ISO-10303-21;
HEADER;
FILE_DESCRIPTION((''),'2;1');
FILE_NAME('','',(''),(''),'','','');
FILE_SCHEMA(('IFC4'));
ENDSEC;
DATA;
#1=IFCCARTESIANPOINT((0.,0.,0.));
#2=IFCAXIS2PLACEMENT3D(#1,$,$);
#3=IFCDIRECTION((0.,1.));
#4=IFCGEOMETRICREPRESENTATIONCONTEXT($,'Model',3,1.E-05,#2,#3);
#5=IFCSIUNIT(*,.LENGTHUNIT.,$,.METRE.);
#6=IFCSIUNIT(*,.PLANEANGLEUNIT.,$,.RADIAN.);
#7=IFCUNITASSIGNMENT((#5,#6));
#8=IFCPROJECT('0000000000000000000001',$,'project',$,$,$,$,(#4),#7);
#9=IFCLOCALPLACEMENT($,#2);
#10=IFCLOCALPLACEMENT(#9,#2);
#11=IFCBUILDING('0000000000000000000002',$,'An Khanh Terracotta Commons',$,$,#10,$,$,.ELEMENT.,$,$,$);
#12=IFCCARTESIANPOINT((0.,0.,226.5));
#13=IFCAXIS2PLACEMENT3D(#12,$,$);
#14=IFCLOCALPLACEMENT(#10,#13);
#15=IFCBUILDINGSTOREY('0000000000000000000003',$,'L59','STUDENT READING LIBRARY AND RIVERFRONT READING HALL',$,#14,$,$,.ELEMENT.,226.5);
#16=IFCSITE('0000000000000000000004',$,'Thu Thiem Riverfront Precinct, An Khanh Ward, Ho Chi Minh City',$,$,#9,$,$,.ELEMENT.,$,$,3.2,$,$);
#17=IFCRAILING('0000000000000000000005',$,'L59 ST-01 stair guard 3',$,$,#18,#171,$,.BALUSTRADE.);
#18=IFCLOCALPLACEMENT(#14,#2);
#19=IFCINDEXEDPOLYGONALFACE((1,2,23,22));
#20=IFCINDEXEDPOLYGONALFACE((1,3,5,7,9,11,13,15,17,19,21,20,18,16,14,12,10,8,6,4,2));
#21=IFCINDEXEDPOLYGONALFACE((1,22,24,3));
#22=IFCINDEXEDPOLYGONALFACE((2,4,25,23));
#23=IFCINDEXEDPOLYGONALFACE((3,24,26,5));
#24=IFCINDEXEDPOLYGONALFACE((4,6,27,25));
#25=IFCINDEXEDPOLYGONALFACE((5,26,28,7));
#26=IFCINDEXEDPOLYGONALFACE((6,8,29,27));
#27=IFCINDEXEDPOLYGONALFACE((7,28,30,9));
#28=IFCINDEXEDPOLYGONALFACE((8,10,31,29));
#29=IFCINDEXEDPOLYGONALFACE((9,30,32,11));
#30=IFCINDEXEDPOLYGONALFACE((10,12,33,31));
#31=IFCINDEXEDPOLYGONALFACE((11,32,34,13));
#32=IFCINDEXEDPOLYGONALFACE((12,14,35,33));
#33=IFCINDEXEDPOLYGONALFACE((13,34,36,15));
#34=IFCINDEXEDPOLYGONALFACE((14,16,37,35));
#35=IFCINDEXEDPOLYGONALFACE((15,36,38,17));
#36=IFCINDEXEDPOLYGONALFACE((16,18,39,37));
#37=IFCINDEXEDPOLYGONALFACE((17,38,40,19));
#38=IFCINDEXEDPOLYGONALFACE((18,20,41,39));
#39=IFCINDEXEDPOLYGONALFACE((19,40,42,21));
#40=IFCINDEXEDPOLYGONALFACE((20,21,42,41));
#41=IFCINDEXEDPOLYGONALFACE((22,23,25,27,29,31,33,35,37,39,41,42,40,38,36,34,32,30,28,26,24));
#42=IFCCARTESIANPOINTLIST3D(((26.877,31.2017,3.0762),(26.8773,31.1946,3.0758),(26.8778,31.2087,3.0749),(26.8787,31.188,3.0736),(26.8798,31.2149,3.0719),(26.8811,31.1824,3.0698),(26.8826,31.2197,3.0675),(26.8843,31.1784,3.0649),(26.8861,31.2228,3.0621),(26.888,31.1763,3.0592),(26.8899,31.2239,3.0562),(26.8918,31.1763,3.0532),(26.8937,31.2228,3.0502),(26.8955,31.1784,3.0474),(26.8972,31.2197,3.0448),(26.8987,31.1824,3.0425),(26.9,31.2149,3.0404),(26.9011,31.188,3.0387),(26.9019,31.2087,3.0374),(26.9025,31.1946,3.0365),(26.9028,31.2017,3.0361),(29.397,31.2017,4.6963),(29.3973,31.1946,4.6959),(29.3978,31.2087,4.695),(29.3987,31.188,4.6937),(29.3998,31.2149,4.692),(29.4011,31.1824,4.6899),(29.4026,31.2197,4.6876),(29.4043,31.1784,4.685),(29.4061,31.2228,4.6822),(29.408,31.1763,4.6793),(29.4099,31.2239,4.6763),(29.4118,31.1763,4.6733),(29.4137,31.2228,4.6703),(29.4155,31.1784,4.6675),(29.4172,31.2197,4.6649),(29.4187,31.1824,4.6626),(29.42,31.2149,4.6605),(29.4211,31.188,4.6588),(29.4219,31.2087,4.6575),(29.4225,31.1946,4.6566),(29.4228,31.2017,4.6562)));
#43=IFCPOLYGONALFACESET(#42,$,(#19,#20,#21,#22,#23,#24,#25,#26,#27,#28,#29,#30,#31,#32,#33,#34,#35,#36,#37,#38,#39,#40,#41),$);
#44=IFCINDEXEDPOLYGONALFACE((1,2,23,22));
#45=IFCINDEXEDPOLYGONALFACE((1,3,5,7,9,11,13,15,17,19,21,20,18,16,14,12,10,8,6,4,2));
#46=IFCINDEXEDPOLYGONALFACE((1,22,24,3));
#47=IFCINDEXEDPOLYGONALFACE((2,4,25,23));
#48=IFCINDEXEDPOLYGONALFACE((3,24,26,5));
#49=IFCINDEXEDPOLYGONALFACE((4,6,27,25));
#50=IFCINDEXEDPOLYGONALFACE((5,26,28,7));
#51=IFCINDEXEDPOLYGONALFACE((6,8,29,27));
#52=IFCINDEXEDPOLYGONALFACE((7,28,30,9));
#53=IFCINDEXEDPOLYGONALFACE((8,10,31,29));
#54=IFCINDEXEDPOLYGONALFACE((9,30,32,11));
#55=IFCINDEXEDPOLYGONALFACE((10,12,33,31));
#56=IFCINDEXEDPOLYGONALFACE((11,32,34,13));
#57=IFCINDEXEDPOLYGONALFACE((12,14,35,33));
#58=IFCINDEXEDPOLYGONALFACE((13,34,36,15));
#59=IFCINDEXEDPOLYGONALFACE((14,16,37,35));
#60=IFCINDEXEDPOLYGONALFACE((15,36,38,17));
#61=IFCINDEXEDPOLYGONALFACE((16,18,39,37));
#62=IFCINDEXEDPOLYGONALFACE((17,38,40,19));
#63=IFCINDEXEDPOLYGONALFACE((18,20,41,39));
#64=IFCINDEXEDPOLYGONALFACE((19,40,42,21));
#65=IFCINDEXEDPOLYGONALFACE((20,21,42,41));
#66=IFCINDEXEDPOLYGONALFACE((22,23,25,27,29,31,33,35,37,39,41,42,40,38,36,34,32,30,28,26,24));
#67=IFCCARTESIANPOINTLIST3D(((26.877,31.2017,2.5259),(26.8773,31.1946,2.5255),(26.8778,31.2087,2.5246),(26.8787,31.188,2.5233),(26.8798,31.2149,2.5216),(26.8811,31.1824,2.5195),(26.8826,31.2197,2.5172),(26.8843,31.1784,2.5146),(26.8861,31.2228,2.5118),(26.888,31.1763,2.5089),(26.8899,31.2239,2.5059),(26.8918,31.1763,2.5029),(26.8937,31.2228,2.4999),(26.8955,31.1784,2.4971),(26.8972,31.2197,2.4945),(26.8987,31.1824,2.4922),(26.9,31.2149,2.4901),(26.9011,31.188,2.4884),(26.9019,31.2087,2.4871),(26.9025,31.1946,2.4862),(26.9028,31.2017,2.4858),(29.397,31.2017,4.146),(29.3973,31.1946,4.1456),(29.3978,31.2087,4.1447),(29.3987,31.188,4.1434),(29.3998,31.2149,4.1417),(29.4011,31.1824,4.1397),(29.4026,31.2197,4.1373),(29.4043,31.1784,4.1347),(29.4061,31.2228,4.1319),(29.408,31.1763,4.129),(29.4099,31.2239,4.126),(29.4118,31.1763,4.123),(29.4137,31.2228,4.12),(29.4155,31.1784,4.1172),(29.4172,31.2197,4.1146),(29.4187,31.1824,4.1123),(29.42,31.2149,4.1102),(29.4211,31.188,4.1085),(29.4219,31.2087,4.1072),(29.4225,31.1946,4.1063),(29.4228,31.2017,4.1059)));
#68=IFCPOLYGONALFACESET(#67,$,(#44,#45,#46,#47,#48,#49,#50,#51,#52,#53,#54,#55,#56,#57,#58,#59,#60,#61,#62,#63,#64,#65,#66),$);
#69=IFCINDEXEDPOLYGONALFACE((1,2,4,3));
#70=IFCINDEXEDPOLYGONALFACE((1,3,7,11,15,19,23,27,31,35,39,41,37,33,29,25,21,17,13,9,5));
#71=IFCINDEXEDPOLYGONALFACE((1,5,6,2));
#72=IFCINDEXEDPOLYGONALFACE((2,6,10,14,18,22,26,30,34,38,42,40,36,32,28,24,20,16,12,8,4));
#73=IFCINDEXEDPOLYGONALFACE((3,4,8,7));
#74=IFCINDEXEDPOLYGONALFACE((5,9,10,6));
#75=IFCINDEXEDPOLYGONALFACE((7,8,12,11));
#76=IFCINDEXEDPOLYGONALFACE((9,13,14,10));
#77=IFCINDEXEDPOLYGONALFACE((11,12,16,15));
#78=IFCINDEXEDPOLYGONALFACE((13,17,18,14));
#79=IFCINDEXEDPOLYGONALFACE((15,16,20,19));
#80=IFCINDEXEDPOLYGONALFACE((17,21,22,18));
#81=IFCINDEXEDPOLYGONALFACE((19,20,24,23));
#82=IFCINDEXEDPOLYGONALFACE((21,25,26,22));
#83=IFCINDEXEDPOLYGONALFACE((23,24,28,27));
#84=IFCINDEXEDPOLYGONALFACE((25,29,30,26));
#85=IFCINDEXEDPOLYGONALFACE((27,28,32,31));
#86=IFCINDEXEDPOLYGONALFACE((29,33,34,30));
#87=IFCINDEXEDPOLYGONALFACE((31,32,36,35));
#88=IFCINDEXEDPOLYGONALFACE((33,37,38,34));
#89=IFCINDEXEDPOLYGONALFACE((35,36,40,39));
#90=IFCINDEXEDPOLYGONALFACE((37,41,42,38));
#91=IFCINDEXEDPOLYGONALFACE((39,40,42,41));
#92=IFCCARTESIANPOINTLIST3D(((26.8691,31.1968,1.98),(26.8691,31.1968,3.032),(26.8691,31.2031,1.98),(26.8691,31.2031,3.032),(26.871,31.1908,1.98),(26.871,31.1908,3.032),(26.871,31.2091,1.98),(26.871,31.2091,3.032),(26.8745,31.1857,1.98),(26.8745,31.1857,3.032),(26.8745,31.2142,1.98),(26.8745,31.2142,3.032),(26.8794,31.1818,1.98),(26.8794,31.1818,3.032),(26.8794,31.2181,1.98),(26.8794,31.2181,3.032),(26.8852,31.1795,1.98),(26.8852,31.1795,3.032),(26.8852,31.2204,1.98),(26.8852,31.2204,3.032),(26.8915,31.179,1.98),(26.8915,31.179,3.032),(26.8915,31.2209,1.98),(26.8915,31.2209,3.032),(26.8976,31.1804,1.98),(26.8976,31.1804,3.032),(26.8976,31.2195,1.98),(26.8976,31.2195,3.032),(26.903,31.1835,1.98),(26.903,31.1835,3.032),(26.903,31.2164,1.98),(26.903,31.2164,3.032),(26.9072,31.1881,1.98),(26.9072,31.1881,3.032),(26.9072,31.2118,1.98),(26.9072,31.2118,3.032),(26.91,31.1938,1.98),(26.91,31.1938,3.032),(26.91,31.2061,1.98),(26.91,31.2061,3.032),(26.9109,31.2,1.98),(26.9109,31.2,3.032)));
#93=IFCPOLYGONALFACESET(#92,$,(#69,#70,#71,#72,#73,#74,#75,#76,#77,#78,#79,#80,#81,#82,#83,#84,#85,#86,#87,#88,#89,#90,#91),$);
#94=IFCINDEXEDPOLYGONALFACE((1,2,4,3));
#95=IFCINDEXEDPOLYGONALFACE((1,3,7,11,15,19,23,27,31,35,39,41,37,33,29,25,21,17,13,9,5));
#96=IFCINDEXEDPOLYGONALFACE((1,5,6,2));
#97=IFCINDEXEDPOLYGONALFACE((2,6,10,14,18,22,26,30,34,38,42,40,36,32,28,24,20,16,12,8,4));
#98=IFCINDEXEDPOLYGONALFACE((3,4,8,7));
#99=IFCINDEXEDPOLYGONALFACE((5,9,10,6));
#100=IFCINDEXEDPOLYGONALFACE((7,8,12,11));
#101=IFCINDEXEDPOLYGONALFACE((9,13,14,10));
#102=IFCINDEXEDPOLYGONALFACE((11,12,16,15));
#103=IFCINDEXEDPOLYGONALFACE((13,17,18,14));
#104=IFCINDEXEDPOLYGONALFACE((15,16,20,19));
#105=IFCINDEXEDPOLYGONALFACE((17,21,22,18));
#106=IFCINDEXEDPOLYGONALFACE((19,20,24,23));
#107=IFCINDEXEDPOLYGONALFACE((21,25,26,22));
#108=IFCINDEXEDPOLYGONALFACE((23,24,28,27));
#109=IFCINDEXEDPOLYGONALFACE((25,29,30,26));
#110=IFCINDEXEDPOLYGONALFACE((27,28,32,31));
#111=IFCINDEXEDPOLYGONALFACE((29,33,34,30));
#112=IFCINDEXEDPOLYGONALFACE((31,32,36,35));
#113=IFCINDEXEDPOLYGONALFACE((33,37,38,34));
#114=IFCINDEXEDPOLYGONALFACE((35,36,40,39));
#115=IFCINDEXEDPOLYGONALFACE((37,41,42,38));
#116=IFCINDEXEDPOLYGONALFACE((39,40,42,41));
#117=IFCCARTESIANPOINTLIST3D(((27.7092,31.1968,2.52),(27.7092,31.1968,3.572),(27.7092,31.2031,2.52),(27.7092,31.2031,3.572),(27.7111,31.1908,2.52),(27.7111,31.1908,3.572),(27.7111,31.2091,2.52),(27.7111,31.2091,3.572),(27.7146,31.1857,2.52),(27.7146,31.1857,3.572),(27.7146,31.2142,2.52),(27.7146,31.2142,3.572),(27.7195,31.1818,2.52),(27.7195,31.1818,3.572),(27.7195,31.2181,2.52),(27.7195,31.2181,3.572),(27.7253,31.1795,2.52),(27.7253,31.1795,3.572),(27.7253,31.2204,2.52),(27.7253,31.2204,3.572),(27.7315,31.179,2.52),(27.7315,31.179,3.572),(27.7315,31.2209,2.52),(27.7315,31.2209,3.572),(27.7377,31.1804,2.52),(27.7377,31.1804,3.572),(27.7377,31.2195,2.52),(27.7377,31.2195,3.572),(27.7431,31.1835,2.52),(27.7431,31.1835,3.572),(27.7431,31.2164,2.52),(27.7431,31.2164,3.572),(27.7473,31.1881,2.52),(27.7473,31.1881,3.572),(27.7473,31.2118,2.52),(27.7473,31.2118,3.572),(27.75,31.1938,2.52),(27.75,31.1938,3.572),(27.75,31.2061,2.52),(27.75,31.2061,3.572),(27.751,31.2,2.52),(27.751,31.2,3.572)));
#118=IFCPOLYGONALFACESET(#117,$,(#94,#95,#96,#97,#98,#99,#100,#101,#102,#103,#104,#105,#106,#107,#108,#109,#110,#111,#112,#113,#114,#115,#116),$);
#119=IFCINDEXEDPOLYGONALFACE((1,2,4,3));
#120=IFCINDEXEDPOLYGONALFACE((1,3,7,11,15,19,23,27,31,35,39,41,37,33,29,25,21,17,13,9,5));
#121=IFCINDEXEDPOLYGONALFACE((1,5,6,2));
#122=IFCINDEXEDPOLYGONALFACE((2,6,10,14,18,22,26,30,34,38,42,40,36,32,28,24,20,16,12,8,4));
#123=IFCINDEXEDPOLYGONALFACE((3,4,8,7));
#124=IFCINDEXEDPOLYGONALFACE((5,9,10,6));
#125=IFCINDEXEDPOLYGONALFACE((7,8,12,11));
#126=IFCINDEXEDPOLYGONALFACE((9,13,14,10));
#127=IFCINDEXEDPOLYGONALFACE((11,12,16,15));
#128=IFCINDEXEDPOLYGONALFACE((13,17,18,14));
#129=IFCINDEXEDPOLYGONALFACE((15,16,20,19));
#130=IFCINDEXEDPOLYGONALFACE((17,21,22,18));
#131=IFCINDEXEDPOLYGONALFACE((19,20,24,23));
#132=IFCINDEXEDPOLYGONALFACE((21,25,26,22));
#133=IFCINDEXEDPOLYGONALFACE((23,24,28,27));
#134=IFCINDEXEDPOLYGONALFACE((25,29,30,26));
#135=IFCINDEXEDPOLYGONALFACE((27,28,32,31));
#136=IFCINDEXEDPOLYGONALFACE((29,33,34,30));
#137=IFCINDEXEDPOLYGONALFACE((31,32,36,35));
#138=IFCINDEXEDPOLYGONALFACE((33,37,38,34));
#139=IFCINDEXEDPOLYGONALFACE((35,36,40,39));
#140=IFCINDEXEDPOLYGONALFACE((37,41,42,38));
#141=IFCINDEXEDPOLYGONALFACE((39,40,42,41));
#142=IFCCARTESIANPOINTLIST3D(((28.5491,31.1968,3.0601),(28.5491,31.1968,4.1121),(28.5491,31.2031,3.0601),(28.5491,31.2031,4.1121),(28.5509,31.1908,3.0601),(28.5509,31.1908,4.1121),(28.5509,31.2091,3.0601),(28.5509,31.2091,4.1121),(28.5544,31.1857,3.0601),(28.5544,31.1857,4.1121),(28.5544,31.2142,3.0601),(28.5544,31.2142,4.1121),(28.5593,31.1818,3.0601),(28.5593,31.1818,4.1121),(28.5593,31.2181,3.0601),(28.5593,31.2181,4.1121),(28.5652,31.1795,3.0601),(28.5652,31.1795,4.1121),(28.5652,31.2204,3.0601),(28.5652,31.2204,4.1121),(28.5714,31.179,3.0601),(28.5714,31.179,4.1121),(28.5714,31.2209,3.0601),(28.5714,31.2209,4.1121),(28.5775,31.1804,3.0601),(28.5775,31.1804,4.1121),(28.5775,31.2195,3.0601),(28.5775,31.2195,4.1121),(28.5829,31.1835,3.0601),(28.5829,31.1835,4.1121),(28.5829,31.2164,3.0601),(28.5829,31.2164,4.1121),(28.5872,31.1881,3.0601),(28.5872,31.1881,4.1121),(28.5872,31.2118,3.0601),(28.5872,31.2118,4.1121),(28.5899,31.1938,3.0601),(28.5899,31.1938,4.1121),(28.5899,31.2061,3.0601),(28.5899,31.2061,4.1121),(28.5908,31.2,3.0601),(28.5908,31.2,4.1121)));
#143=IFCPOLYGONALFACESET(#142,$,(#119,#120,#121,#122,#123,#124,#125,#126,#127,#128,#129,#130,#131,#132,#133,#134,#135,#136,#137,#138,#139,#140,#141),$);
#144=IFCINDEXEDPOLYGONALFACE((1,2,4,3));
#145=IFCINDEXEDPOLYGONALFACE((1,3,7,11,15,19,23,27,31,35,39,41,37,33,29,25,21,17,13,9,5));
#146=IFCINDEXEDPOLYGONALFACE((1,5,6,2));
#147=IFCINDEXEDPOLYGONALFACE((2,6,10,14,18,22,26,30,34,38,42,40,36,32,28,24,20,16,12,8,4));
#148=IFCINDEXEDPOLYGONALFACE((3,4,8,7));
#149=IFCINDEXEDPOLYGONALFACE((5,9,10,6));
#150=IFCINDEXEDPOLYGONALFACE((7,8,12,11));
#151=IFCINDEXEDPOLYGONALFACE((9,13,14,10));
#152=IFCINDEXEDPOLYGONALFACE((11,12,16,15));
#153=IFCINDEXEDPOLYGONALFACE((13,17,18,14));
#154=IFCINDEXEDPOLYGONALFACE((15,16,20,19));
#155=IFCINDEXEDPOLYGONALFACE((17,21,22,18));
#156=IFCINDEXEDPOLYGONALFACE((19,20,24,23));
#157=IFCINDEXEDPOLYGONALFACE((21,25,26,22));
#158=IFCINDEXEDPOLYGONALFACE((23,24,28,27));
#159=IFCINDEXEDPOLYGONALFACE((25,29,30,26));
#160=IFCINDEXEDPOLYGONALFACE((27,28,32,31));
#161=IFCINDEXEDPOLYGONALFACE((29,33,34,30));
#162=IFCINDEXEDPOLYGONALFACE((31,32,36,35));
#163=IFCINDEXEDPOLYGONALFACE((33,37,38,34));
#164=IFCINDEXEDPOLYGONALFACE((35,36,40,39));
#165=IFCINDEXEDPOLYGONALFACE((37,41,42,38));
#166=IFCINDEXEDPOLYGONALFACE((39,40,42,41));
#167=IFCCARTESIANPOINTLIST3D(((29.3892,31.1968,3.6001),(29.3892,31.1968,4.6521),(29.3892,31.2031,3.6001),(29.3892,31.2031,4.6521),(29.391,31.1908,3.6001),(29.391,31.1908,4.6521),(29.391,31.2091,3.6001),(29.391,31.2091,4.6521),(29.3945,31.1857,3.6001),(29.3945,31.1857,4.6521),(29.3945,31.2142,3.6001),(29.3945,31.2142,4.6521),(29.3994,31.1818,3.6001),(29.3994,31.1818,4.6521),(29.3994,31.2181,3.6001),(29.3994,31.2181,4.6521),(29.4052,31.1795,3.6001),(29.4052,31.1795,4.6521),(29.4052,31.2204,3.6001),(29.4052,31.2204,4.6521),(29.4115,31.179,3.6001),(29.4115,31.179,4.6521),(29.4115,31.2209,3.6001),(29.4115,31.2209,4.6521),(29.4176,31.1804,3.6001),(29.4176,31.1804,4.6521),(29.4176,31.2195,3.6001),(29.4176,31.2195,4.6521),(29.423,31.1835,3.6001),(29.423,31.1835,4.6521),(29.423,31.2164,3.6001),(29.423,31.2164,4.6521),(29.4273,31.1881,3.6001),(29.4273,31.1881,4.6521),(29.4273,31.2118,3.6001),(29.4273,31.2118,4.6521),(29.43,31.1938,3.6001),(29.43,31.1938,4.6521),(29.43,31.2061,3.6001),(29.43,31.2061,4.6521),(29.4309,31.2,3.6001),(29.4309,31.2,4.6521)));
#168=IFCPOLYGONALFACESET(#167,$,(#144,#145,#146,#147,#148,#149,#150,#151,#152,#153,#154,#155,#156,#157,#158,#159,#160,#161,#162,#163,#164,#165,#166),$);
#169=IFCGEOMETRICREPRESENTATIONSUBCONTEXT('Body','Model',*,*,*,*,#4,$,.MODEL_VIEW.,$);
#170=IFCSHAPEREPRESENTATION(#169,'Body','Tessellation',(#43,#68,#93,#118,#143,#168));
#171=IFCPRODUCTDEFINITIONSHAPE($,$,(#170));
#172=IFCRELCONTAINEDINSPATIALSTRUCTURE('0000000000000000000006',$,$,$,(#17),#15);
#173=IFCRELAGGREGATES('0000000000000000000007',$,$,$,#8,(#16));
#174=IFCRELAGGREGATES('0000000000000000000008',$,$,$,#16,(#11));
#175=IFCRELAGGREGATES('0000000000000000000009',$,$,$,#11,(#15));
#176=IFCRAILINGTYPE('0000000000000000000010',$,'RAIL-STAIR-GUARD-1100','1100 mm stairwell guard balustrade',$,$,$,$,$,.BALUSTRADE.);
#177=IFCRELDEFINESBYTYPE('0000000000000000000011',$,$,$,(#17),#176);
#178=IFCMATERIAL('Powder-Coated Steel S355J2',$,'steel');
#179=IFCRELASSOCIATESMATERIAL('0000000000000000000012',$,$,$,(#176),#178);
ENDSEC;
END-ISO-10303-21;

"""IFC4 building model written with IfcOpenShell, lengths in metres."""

from ifc_helpers import new_model, si_unit, direction, frame, origin, origin_2d, place, context, subcontext, project, spatial, circle, extrude, material, type_object, element, save


model = new_model("IFC4")

# Units and contexts
model_context = context("Model", 3, precision=1e-05, world=origin(), true_north=direction((0.0, 1.0)))
body_context = subcontext(model_context, "Body", "Model", "MODEL_VIEW")
ifc_project = project(units=[si_unit("LENGTHUNIT", "METRE"), si_unit("PLANEANGLEUNIT", "RADIAN")], contexts=[model_context])

# Site, building, storey
site_placement = place(None, origin())
site = spatial("IfcSite", under=ifc_project, at=site_placement, Name="Thu Thiem Riverfront Precinct, An Khanh Ward, Ho Chi Minh City", CompositionType="ELEMENT", RefElevation=3.2)
building_placement = place(site_placement, origin())
building = spatial("IfcBuilding", under=site, at=building_placement, Name="An Khanh Terracotta Commons", CompositionType="ELEMENT")
storey_placement = place(building_placement, frame((0.0, 0.0, 226.5)))
storey = spatial("IfcBuildingStorey", under=building, at=storey_placement, Name="L59", Description="STUDENT READING LIBRARY AND RIVERFRONT READING HALL", CompositionType="ELEMENT", Elevation=226.5)

# Railing
ifc_material_1 = material(Name="Powder-Coated Steel S355J2", Category="steel")
railing_type_1 = type_object("IfcRailingType", Name="RAIL-STAIR-GUARD-1100", Description="1100 mm stairwell guard balustrade", PredefinedType="BALUSTRADE", material=ifc_material_1)
railing_1_placement = place(storey_placement, frame((26.8899, 31.2, 1.98)))
element("IfcRailing", 1, at=railing_1_placement, inside=storey, type_object=railing_type_1, Name="L59 ST-01 stair guard 3", PredefinedType="BALUSTRADE", context=body_context, shape_type="SweptSolid", body=[
    extrude(circle(Radius=0.0239, at=origin_2d()), frame((0.0, 0.0, 1.0762), z_axis=(0.841163, 0.0, 0.540782), x_axis=(0.0, 1.0, 0.0)), (0.0, 0.0, 1.0), 2.9958),
    extrude(circle(Radius=0.0239, at=origin_2d()), frame((0.0, 0.0, 0.5259), z_axis=(0.841163, 0.0, 0.540782), x_axis=(0.0, 1.0, 0.0)), (0.0, 0.0, 1.0), 2.9958),
    extrude(circle(Radius=0.021, at=origin_2d()), origin(), (0.0, 0.0, 1.0), 1.052),
    extrude(circle(Radius=0.021, at=origin_2d()), frame((0.8401, 0.0, 0.54)), (0.0, 0.0, 1.0), 1.052),
    extrude(circle(Radius=0.021, at=origin_2d()), frame((1.6799, 0.0, 1.0801)), (0.0, 0.0, 1.0), 1.052),
    extrude(circle(Radius=0.021, at=origin_2d()), frame((2.52, 0.0, 1.6201)), (0.0, 0.0, 1.0), 1.052),
])

save(model, "model.ifc")
